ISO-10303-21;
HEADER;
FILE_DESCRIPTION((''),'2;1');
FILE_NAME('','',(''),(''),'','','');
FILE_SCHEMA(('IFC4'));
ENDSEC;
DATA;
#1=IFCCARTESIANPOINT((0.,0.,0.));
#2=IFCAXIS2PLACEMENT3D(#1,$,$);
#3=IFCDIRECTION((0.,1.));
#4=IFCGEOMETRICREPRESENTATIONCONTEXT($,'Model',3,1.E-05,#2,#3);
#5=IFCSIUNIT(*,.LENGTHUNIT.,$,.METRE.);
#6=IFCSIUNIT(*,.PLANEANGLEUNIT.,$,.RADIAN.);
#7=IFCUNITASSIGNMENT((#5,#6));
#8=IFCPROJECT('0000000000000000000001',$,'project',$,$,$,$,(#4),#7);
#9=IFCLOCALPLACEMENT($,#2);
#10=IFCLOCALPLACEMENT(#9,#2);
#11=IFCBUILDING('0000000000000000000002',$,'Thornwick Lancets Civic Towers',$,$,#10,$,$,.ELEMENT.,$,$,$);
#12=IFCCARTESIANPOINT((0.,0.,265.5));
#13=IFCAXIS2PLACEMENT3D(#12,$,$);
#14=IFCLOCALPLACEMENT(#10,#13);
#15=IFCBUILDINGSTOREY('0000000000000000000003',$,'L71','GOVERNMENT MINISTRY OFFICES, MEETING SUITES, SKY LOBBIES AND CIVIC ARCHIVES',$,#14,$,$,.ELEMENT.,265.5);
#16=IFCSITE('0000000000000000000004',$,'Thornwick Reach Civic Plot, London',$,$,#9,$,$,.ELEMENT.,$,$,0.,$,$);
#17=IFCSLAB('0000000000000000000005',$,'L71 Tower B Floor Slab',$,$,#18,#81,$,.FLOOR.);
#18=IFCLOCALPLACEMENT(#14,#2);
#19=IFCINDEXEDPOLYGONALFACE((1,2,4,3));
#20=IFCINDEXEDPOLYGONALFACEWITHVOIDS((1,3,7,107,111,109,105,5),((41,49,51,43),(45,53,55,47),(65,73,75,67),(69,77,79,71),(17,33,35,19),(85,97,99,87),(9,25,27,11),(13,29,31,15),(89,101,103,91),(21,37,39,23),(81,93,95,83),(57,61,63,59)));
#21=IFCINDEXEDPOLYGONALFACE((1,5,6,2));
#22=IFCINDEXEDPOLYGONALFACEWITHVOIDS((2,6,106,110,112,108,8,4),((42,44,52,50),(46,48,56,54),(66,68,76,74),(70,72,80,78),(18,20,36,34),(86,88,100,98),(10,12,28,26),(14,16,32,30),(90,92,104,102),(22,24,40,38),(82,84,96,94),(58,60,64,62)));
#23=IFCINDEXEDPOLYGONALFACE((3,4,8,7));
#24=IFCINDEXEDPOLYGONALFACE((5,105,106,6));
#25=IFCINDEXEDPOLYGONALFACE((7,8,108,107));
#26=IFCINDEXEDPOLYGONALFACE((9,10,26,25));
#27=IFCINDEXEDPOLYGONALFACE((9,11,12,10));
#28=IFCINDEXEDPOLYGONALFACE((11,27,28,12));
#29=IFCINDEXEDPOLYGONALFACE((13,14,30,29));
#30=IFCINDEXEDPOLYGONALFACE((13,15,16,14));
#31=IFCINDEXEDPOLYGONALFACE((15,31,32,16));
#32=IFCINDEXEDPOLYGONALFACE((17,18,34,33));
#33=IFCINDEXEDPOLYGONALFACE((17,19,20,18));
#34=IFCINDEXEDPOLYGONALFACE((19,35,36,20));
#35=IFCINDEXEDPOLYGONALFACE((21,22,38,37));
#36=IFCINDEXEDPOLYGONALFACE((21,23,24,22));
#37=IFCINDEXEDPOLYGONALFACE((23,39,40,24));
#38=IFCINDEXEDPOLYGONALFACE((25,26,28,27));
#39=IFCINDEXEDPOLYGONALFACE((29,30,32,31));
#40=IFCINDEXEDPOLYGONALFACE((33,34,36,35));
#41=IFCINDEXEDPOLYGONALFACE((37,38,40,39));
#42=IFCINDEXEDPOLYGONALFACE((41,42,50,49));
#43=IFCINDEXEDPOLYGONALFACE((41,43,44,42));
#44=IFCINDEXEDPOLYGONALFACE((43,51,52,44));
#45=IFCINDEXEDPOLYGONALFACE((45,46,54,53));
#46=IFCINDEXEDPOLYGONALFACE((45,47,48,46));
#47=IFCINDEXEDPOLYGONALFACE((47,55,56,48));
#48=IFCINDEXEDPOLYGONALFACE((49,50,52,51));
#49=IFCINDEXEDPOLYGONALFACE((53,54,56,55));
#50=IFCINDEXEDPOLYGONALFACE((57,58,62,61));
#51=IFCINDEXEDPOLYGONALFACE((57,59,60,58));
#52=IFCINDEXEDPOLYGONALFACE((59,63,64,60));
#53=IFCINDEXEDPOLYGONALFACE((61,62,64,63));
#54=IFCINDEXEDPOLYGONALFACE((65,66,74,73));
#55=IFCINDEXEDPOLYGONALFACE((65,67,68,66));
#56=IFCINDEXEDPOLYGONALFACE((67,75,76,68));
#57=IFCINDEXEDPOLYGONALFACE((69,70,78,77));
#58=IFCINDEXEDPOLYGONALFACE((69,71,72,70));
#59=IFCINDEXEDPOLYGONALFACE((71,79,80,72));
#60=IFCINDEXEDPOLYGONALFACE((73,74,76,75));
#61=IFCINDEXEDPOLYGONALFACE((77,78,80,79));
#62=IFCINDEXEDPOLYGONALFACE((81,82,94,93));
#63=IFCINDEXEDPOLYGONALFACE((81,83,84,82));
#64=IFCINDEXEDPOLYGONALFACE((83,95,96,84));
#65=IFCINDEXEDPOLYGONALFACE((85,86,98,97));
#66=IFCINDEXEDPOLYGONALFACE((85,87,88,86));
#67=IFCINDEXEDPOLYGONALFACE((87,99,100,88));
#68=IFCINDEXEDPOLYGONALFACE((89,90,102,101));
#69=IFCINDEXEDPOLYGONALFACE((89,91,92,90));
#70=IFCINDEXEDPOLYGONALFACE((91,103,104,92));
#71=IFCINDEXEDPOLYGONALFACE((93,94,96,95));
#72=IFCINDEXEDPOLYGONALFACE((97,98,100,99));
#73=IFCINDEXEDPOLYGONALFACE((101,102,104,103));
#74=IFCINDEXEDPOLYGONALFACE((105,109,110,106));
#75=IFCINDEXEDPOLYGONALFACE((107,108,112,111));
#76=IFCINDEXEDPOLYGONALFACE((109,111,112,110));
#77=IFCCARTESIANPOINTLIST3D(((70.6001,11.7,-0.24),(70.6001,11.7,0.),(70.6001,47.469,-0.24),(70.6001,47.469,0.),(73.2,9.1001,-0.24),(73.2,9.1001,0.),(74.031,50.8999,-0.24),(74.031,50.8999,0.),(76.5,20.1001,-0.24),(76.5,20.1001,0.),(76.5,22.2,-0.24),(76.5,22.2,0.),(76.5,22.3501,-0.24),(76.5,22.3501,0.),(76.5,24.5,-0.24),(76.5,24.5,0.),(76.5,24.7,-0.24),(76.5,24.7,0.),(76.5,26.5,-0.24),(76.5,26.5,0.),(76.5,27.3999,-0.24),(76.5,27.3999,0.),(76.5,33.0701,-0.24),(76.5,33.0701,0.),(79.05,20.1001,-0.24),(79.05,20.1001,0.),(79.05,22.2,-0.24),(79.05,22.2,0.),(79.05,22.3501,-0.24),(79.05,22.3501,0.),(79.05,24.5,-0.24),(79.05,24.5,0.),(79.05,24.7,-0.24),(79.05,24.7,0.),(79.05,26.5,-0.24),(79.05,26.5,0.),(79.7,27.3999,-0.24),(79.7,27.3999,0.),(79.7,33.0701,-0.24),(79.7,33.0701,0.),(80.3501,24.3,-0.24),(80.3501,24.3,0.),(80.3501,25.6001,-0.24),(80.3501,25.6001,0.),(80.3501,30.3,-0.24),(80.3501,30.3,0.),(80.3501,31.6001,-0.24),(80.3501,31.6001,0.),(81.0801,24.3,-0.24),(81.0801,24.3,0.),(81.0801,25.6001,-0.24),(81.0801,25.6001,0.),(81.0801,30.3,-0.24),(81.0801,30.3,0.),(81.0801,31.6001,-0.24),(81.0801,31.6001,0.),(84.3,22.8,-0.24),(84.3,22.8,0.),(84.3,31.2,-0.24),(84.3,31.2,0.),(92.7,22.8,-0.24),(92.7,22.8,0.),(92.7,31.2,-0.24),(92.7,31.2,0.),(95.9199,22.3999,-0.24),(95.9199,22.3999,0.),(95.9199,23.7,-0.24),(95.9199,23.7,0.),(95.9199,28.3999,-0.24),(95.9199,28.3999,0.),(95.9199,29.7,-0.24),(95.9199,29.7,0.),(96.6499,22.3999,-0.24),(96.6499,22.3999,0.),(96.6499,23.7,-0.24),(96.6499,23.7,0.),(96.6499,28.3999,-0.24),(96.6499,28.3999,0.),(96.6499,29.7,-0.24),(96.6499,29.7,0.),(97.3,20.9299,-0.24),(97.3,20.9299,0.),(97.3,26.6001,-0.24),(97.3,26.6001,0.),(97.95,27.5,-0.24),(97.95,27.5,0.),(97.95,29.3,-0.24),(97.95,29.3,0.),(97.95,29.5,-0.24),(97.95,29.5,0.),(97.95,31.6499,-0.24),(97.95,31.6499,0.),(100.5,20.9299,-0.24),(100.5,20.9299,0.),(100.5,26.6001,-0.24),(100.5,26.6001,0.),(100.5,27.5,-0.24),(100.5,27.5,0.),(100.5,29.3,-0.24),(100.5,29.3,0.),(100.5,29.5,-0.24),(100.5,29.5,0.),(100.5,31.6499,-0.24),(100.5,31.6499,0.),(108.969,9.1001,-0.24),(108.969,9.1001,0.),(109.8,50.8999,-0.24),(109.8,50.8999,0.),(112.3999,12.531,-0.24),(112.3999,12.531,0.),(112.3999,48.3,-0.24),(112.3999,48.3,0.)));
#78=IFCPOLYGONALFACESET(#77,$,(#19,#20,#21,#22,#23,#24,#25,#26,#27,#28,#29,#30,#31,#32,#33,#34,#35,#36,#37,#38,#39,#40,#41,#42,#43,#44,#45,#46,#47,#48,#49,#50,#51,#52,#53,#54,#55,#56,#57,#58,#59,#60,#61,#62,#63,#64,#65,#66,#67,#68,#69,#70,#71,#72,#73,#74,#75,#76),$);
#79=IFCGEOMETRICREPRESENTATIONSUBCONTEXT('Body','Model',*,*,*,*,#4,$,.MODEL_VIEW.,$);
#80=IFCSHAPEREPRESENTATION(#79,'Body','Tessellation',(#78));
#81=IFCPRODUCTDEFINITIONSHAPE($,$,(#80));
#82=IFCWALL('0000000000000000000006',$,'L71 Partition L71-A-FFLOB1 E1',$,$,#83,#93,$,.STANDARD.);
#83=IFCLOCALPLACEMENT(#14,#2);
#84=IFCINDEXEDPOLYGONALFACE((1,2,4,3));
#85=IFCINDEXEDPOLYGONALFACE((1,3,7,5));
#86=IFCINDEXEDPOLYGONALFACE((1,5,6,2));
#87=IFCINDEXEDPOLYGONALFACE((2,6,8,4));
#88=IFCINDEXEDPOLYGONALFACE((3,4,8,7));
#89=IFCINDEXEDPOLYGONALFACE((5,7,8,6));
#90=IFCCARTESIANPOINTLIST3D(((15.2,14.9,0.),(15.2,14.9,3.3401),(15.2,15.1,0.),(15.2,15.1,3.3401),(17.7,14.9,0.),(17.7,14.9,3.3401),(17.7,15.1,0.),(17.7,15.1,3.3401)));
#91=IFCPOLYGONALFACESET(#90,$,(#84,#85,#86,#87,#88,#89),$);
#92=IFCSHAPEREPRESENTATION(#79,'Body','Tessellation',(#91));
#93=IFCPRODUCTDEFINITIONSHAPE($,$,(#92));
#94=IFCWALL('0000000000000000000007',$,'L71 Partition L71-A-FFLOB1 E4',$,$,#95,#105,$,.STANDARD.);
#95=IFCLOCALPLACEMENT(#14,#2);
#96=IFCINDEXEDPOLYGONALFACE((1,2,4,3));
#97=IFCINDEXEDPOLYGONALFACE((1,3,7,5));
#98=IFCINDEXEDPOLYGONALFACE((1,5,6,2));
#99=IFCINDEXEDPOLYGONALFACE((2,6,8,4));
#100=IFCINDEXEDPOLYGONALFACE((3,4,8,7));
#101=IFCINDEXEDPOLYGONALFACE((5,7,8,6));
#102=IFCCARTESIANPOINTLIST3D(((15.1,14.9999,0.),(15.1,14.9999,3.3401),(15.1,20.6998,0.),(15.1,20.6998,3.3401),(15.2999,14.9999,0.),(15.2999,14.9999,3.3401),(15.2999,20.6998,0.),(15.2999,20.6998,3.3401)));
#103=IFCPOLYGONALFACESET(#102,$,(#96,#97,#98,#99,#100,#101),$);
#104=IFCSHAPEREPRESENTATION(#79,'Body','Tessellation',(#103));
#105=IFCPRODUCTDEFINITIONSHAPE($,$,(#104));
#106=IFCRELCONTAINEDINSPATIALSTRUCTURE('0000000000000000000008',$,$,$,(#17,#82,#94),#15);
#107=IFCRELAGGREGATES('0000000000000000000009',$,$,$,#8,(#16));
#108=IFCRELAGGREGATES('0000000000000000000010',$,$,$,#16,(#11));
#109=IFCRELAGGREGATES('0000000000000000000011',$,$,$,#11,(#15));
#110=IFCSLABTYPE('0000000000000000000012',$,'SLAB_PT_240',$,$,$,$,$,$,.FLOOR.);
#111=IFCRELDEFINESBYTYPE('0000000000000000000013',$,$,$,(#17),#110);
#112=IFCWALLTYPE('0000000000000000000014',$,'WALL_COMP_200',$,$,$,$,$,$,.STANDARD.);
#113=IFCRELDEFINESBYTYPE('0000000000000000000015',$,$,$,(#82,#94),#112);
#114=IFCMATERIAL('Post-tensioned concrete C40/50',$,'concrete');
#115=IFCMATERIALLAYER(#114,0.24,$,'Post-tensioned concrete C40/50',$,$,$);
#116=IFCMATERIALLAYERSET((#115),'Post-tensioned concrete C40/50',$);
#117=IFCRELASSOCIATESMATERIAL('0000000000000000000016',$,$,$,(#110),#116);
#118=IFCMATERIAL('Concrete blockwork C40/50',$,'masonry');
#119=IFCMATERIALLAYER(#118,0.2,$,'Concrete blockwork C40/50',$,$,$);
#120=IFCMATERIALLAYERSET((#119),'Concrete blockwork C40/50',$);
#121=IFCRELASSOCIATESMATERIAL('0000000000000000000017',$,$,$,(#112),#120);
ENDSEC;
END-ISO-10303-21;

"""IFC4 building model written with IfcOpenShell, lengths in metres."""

from ifc_helpers import new_model, si_unit, direction, frame, frame_2d, origin, place, context, subcontext, project, spatial, polyline, rectangle, outline, extrude, material, layer, layer_set, type_object, element, save


model = new_model("IFC4")

# Units and contexts
model_context = context("Model", 3, precision=1e-05, world=origin(), true_north=direction((0.0, 1.0)))
body_context = subcontext(model_context, "Body", "Model", "MODEL_VIEW")
ifc_project = project(units=[si_unit("LENGTHUNIT", "METRE"), si_unit("PLANEANGLEUNIT", "RADIAN")], contexts=[model_context])

# Site, building, storey
site_placement = place(None, origin())
site = spatial("IfcSite", under=ifc_project, at=site_placement, Name="Thornwick Reach Civic Plot, London", CompositionType="ELEMENT", RefElevation=0.0)
building_placement = place(site_placement, origin())
building = spatial("IfcBuilding", under=site, at=building_placement, Name="Thornwick Lancets Civic Towers", CompositionType="ELEMENT")
storey_placement = place(building_placement, frame((0.0, 0.0, 265.5)))
storey = spatial("IfcBuildingStorey", under=building, at=storey_placement, Name="L71", Description="GOVERNMENT MINISTRY OFFICES, MEETING SUITES, SKY LOBBIES AND CIVIC ARCHIVES", CompositionType="ELEMENT", Elevation=265.5)

# Shared definitions
ifc_material_1 = material(Name="Post-tensioned concrete C40/50", Category="concrete")

# Slab
ifc_layer_1 = layer(ifc_material_1, 0.24, Name="Post-tensioned concrete C40/50")
ifc_layer_set_1 = layer_set([ifc_layer_1], Name="Post-tensioned concrete C40/50")
slab_type_1 = type_object("IfcSlabType", Name="SLAB_PT_240", PredefinedType="FLOOR", material=ifc_layer_set_1)
slab_1_placement = place(storey_placement, frame((0.0, 0.0, -0.24)))
element("IfcSlab", 1, at=slab_1_placement, inside=storey, type_object=slab_type_1, Name="L71 Tower B Floor Slab", PredefinedType="FLOOR", context=body_context, shape_type="SweptSolid", body=[
    extrude(outline(polyline([(73.2, 9.1001), (108.969, 9.1001), (112.3999, 12.531), (112.3999, 48.3), (109.8, 50.8999), (74.031, 50.8999), (70.6001, 47.469), (70.6001, 11.7), (73.2, 9.1001)]), holes=[polyline([(84.3, 22.8), (92.7, 22.8), (92.7, 31.2), (84.3, 31.2), (84.3, 22.8)]), polyline([(100.5, 20.9299), (100.5, 26.6001), (97.3, 26.6001), (97.3, 20.9299), (100.5, 20.9299)]), polyline([(76.5, 33.0701), (76.5, 27.3999), (79.7, 27.3999), (79.7, 33.0701), (76.5, 33.0701)]), polyline([(97.95, 27.5), (100.5, 27.5), (100.5, 29.3), (97.95, 29.3), (97.95, 27.5)]), polyline([(97.95, 29.5), (100.5, 29.5), (100.5, 31.6499), (97.95, 31.6499), (97.95, 29.5)]), polyline([(76.5, 24.7), (79.05, 24.7), (79.05, 26.5), (76.5, 26.5), (76.5, 24.7)]), polyline([(76.5, 22.3501), (79.05, 22.3501), (79.05, 24.5), (76.5, 24.5), (76.5, 22.3501)]), polyline([(76.5, 20.1001), (79.05, 20.1001), (79.05, 22.2), (76.5, 22.2), (76.5, 20.1001)]), polyline([(95.9199, 28.3999), (96.6499, 28.3999), (96.6499, 29.7), (95.9199, 29.7), (95.9199, 28.3999)]), polyline([(95.9199, 22.3999), (96.6499, 22.3999), (96.6499, 23.7), (95.9199, 23.7), (95.9199, 22.3999)]), polyline([(80.3501, 24.3), (81.0801, 24.3), (81.0801, 25.6001), (80.3501, 25.6001), (80.3501, 24.3)]), polyline([(80.3501, 30.3), (81.0801, 30.3), (81.0801, 31.6001), (80.3501, 31.6001), (80.3501, 30.3)])]), origin(), (0.0, 0.0, 1.0), 0.24),
])

# Walls
ifc_material_2 = material(Name="Concrete blockwork C40/50", Category="masonry")
ifc_layer_2 = layer(ifc_material_2, 0.2, Name="Concrete blockwork C40/50")
ifc_layer_set_2 = layer_set([ifc_layer_2], Name="Concrete blockwork C40/50")
wall_type_1 = type_object("IfcWallType", Name="WALL_COMP_200", PredefinedType="STANDARD", material=ifc_layer_set_2)
wall_1_placement = place(storey_placement, frame((15.2, 15.0, 0.0), z_axis=(0.0, 0.0, 1.0), x_axis=(1.0, 0.0, 0.0)))
element("IfcWall", 2, at=wall_1_placement, inside=storey, type_object=wall_type_1, Name="L71 Partition L71-A-FFLOB1 E1", PredefinedType="STANDARD", context=body_context, shape_type="SweptSolid", body=[
    extrude(rectangle(XDim=2.5, YDim=0.2, at=frame_2d((1.25, 0.0))), origin(), (0.0, 0.0, 1.0), 3.3401),
])
wall_2_placement = place(storey_placement, frame((15.2, 20.7, 0.0), z_axis=(0.0, 0.0, 1.0), x_axis=(0.0, -1.0, 0.0)))
element("IfcWall", 3, at=wall_2_placement, inside=storey, type_object=wall_type_1, Name="L71 Partition L71-A-FFLOB1 E4", PredefinedType="STANDARD", context=body_context, shape_type="SweptSolid", body=[
    extrude(rectangle(XDim=5.7, YDim=0.2, at=frame_2d((2.8501, 0.0))), origin(), (0.0, 0.0, 1.0), 3.3401),
])

save(model, "model.ifc")
